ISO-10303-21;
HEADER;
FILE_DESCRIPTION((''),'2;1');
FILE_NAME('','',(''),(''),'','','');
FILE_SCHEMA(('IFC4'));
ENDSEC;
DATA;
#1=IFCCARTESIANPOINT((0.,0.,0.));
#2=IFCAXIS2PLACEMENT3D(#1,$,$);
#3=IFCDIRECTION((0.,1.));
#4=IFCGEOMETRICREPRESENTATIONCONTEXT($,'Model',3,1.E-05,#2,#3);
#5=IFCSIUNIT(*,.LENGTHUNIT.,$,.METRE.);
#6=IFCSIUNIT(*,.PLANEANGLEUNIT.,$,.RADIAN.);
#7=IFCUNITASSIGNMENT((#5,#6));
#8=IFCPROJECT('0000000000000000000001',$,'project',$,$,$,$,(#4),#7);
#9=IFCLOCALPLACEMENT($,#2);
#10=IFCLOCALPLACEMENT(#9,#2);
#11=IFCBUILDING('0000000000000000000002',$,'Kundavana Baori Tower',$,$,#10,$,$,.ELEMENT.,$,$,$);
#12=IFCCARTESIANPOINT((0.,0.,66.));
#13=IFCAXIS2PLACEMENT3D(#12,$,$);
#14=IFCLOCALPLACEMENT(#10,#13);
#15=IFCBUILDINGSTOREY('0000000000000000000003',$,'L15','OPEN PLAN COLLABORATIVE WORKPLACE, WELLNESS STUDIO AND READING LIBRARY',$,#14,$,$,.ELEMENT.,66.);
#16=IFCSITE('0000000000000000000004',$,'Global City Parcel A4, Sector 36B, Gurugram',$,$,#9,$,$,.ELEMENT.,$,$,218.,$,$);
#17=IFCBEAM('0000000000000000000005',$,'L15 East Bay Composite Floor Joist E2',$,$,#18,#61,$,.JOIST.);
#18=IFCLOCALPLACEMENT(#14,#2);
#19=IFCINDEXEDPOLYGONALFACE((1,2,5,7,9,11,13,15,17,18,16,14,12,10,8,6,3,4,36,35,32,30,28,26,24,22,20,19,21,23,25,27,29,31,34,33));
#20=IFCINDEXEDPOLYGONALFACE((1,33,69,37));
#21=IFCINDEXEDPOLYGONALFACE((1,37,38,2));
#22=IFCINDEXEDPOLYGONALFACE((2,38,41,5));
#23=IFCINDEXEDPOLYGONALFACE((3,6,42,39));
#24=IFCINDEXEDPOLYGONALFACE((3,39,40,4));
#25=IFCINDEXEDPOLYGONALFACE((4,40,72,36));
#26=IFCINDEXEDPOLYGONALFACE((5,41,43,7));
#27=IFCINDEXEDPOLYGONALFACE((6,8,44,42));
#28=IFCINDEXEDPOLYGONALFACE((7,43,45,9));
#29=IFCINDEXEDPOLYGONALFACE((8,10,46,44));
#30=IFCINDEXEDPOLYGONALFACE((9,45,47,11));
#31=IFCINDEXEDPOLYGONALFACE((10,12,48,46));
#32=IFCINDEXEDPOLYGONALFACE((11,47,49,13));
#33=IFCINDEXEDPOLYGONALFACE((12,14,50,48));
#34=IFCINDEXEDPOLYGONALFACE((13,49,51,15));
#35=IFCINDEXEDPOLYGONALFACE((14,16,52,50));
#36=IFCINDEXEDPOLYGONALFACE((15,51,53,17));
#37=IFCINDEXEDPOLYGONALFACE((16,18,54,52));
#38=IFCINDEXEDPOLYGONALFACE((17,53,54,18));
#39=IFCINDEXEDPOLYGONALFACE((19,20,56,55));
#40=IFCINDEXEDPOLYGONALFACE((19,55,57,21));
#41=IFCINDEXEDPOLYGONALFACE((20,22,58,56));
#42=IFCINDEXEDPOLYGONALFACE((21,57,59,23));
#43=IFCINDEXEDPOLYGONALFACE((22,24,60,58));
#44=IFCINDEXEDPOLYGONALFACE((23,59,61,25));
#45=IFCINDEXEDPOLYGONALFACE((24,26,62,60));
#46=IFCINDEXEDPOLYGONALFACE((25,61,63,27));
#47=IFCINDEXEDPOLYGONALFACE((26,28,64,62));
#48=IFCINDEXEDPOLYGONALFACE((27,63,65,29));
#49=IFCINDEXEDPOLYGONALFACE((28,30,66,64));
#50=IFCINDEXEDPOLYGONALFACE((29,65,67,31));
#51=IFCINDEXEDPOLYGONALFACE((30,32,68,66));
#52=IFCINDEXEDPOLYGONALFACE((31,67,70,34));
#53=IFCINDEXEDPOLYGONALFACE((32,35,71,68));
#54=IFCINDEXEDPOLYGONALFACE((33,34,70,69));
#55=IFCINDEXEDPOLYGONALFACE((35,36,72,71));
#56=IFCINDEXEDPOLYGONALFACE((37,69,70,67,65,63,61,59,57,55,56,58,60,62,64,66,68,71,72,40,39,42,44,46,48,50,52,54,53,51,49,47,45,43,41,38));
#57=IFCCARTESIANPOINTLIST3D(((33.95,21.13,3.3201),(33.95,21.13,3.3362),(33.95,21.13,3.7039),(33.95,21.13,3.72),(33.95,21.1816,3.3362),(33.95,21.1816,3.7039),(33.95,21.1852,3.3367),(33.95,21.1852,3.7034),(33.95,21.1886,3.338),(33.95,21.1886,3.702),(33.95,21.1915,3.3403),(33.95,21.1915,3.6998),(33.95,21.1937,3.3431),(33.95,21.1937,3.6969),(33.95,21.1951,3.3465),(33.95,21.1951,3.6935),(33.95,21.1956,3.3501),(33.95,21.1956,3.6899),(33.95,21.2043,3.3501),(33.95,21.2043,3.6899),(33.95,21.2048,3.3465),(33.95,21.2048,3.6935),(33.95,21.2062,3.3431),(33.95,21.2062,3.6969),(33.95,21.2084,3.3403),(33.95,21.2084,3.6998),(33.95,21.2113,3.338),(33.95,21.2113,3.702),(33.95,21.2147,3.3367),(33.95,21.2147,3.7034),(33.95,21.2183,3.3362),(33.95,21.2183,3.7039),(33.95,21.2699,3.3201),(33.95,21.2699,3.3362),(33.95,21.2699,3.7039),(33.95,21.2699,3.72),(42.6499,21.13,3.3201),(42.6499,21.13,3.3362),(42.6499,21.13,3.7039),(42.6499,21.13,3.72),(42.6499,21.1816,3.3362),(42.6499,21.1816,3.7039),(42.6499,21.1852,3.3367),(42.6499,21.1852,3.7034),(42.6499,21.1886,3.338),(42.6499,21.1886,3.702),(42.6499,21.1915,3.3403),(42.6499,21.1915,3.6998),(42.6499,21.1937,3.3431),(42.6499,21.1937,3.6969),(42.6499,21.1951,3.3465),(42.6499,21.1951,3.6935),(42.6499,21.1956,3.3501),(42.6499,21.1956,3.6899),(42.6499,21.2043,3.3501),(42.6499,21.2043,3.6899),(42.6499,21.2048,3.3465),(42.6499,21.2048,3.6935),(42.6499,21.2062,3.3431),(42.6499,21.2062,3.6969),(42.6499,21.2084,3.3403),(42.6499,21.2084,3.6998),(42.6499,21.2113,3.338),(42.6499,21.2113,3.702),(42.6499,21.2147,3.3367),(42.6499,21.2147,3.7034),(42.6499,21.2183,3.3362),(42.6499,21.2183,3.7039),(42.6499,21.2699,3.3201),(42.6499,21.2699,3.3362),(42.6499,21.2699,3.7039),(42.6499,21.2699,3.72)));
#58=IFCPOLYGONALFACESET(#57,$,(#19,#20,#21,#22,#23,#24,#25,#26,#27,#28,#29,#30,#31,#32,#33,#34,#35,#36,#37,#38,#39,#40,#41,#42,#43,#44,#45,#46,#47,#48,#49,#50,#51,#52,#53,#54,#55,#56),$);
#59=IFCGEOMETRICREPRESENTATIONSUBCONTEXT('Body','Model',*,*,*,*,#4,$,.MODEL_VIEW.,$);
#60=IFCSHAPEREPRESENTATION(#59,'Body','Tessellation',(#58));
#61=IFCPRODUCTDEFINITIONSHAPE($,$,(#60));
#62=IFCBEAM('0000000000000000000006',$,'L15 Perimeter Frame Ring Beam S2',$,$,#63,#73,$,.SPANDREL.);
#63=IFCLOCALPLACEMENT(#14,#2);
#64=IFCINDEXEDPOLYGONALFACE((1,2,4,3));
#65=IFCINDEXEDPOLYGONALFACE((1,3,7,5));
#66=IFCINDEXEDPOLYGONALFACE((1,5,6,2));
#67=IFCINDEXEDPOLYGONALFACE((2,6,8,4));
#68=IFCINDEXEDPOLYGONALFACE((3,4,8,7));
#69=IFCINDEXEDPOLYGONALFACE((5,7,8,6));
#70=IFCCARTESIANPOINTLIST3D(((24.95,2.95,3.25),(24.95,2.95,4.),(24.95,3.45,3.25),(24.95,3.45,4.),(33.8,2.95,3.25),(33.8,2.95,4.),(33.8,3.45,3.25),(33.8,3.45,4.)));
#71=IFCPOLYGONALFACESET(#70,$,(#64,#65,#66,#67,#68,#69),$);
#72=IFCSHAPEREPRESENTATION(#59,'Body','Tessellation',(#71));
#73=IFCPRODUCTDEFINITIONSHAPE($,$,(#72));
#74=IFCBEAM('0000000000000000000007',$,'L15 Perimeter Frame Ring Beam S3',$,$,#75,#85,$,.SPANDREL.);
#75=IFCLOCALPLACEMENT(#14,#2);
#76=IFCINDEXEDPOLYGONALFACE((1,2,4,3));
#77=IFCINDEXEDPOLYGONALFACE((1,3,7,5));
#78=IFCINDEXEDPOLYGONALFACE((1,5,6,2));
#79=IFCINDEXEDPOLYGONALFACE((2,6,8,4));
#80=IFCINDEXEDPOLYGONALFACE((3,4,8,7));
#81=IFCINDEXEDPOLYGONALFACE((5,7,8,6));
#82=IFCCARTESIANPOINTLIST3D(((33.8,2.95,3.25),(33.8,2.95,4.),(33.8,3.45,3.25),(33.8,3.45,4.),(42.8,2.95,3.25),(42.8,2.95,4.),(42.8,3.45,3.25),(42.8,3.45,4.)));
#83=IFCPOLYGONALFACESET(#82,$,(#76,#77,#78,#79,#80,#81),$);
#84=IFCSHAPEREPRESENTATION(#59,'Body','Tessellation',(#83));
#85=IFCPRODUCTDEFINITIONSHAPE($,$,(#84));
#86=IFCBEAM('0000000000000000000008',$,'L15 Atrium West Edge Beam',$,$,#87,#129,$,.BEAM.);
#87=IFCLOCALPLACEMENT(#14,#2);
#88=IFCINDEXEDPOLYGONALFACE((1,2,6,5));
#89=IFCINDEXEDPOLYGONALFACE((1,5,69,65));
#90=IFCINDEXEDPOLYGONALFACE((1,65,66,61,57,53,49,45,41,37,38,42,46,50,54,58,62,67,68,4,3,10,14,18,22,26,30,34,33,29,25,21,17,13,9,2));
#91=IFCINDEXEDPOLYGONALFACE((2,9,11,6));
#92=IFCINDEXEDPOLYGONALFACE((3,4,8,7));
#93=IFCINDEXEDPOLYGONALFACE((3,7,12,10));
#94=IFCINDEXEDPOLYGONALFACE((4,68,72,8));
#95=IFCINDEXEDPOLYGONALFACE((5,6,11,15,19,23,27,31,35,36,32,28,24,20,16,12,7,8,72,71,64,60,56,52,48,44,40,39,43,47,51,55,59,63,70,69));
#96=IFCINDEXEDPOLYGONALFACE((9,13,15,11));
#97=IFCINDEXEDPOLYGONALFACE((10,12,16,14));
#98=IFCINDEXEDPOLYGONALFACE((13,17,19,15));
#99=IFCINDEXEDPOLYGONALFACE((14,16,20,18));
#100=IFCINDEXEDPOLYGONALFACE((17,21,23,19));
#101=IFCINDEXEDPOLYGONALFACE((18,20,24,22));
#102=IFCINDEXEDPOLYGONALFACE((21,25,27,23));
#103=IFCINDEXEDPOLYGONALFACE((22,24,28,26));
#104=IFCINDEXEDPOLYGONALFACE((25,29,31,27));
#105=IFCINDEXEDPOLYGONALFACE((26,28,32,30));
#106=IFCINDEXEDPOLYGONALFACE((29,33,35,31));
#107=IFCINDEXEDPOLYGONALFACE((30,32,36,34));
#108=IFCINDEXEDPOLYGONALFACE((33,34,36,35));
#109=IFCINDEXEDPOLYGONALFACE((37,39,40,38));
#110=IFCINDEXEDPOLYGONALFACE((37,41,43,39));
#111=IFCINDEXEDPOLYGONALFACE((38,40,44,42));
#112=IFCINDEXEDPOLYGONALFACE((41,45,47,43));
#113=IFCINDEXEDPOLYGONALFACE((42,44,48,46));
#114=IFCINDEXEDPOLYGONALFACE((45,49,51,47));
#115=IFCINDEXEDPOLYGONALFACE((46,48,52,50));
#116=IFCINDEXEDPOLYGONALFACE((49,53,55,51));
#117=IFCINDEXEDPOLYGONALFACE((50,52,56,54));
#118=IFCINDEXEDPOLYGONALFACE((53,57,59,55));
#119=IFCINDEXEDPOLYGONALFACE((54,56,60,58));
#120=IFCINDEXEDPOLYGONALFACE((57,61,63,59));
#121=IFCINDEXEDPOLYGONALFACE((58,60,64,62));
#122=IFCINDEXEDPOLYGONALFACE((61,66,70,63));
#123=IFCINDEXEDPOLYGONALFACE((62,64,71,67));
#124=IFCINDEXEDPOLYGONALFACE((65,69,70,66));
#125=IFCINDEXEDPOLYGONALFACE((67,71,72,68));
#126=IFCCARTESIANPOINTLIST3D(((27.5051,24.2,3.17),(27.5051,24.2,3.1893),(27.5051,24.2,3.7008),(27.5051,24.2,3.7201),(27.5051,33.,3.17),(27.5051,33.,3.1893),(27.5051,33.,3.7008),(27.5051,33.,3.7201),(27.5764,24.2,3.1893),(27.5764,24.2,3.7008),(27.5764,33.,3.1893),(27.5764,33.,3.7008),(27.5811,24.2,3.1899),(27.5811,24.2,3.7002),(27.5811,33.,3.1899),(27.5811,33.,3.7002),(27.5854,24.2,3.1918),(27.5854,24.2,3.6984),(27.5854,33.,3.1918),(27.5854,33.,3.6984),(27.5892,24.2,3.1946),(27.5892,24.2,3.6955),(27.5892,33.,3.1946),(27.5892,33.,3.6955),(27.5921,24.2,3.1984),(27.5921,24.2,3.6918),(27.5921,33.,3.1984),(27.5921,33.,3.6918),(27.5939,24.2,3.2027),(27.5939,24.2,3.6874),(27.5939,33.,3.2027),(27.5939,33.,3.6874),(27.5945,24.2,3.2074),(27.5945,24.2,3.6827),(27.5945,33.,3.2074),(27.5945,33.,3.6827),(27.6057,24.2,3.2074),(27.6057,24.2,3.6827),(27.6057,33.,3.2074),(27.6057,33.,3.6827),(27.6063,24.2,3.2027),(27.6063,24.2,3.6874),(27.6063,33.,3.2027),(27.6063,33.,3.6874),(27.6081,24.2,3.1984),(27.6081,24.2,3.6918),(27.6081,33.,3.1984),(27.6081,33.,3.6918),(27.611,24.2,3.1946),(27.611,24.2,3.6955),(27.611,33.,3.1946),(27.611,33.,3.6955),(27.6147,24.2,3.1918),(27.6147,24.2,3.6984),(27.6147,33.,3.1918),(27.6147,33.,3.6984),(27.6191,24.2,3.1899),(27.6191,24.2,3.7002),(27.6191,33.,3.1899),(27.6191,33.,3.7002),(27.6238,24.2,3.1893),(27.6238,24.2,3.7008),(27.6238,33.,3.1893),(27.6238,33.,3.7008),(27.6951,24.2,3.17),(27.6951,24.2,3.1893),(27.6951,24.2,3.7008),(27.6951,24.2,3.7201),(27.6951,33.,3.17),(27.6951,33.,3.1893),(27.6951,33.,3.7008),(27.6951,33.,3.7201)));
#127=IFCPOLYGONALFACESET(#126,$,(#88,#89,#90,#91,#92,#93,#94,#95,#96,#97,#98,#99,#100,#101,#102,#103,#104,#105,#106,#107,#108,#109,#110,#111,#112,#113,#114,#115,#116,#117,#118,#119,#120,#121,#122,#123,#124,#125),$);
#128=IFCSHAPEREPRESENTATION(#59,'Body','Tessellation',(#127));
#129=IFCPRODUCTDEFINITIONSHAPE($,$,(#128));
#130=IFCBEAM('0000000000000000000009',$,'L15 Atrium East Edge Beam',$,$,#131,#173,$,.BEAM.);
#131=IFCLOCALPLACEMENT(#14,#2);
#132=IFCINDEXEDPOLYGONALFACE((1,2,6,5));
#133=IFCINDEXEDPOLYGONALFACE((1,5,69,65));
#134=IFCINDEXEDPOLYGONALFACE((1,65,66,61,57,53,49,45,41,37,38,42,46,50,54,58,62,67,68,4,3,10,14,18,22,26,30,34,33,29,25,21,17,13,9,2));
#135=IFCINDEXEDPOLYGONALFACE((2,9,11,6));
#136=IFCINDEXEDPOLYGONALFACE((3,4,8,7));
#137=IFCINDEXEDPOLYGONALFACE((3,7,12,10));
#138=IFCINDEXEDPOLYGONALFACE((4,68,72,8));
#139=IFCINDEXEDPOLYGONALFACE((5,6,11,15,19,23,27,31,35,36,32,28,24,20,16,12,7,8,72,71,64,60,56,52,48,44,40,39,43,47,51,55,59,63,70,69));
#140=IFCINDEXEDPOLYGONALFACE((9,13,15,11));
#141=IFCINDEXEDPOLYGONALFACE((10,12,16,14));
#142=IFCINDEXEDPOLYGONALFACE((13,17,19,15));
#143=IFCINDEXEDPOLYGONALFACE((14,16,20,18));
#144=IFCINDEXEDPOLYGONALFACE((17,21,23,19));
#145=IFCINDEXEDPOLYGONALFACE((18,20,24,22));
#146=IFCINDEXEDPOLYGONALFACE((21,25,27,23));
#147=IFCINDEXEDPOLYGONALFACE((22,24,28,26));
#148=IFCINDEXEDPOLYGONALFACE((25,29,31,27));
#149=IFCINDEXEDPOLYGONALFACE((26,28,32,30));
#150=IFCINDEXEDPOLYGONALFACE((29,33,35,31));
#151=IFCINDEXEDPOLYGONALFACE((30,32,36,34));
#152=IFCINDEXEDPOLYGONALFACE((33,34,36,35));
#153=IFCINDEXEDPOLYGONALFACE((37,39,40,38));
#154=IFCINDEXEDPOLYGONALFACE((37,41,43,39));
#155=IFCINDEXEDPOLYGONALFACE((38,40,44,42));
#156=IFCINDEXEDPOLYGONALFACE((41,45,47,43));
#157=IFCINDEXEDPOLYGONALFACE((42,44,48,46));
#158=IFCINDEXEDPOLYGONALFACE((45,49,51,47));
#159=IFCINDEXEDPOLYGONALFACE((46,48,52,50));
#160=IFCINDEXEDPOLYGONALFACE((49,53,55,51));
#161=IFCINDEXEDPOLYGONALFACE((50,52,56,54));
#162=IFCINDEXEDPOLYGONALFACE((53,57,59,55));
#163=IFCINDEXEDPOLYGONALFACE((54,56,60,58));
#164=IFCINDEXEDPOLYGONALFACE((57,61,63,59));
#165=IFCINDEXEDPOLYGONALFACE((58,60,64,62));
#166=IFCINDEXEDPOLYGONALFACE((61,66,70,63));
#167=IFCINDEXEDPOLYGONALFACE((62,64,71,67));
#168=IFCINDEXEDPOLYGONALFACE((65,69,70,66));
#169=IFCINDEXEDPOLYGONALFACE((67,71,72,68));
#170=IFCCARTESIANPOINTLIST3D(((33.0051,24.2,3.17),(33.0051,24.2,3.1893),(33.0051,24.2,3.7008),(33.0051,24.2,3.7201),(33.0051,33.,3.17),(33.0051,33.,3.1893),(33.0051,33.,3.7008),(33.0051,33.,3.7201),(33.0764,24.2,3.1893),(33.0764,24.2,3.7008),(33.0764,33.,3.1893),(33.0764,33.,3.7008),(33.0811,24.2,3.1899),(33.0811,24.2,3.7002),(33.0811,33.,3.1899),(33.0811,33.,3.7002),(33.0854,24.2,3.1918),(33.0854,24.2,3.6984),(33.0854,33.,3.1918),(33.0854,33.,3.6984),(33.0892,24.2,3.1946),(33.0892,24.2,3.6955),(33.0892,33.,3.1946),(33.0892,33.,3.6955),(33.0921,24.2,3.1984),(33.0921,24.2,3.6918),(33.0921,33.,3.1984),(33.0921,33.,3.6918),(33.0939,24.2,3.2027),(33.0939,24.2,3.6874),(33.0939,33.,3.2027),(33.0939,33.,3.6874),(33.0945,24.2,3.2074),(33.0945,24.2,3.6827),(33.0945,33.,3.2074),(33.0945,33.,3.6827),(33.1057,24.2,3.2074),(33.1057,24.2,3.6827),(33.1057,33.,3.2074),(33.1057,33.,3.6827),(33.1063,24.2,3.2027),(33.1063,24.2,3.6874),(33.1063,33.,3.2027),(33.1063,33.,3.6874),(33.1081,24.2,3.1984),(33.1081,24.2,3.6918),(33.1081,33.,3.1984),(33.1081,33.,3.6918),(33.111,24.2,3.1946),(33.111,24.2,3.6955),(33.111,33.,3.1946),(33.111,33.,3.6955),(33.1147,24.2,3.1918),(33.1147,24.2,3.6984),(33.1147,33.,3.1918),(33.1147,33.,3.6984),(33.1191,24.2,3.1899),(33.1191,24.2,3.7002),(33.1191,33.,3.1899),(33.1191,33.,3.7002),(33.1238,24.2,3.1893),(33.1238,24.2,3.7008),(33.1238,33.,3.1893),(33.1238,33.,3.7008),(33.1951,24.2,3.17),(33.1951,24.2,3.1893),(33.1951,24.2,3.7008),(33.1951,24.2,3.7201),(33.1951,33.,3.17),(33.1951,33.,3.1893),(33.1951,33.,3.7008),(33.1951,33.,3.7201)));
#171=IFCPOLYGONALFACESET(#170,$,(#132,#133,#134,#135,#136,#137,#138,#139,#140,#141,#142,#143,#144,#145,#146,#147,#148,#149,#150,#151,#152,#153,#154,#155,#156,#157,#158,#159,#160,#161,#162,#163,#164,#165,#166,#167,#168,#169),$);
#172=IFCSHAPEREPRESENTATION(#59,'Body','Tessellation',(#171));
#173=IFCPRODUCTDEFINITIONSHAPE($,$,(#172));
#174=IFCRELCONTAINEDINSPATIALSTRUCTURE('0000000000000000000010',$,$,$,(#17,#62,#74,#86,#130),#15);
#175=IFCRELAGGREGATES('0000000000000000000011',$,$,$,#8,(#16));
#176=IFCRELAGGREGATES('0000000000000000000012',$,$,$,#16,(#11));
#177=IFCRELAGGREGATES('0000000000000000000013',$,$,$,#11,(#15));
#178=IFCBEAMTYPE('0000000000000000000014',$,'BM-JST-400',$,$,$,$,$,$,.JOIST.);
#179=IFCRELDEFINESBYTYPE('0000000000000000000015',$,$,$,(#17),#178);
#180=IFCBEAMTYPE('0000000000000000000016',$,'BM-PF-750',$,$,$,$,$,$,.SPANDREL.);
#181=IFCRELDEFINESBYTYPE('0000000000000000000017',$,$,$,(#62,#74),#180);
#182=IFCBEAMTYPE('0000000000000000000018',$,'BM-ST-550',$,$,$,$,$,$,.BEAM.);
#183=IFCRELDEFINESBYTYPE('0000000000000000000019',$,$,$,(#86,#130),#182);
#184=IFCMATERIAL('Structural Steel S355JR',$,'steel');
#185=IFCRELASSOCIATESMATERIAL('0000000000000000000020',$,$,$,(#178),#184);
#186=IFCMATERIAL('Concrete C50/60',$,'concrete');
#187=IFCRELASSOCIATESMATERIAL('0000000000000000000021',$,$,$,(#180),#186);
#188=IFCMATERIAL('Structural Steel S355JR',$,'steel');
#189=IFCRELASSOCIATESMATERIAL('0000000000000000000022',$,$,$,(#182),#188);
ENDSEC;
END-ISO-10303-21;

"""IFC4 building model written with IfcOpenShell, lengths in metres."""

from ifc_helpers import new_model, si_unit, direction, frame, origin, origin_2d, place, context, subcontext, project, spatial, rectangle, i_section, extrude, material, material_profile, profile_set, type_object, element, save


model = new_model("IFC4")

# Units and contexts
model_context = context("Model", 3, precision=1e-05, world=origin(), true_north=direction((0.0, 1.0)))
body_context = subcontext(model_context, "Body", "Model", "MODEL_VIEW")
ifc_project = project(units=[si_unit("LENGTHUNIT", "METRE"), si_unit("PLANEANGLEUNIT", "RADIAN")], contexts=[model_context])

# Site, building, storey
site_placement = place(None, origin())
site = spatial("IfcSite", under=ifc_project, at=site_placement, Name="Global City Parcel A4, Sector 36B, Gurugram", CompositionType="ELEMENT", RefElevation=218.0)
building_placement = place(site_placement, origin())
building = spatial("IfcBuilding", under=site, at=building_placement, Name="Kundavana Baori Tower", CompositionType="ELEMENT")
storey_placement = place(building_placement, frame((0.0, 0.0, 66.0)))
storey = spatial("IfcBuildingStorey", under=building, at=storey_placement, Name="L15", Description="OPEN PLAN COLLABORATIVE WORKPLACE, WELLNESS STUDIO AND READING LIBRARY", CompositionType="ELEMENT", Elevation=66.0)

# Beams
ifc_material_1 = material(Name="Structural Steel S355JR", Category="steel")
ifc_material_profile_1 = material_profile(ifc_material_1, i_section(OverallWidth=0.1399, OverallDepth=0.3999, WebThickness=0.0088, FlangeThickness=0.0161, FilletRadius=0.0139, at=origin_2d()), Name="ISMB 400")
ifc_profile_set_1 = profile_set([ifc_material_profile_1], Name="Structural Steel S355JR")
beam_type_1 = type_object("IfcBeamType", Name="BM-JST-400", PredefinedType="JOIST", material=ifc_profile_set_1)
for number, where, z_axis, x_axis, name in (
    (1, (33.95, 21.2, 3.52), (1.0, 0.0, 0.0), (0.0, 1.0, 0.0), "L15 East Bay Composite Floor Joist E2"),
):
    element("IfcBeam", number, at=place(storey_placement, frame(where, z_axis=z_axis, x_axis=x_axis)), inside=storey, type_object=beam_type_1, Name=name, PredefinedType="JOIST", context=body_context, shape_type="SweptSolid", body=[
        extrude(i_section(OverallWidth=0.1399, OverallDepth=0.3999, WebThickness=0.0088, FlangeThickness=0.0161, FilletRadius=0.0139, at=origin_2d()), origin(), (0.0, 0.0, 1.0), 8.7),
    ])
ifc_material_2 = material(Name="Concrete C50/60", Category="concrete")
ifc_material_profile_2 = material_profile(ifc_material_2, rectangle(XDim=0.5, YDim=0.75, at=origin_2d()), Name="RC BM 500x750")
ifc_profile_set_2 = profile_set([ifc_material_profile_2], Name="Concrete C50/60")
beam_type_2 = type_object("IfcBeamType", Name="BM-PF-750", PredefinedType="SPANDREL", material=ifc_profile_set_2)
beam_1_placement = place(storey_placement, frame((24.95, 3.2, 3.625), z_axis=(1.0, 0.0, 0.0), x_axis=(0.0, 1.0, 0.0)))
element("IfcBeam", 2, at=beam_1_placement, inside=storey, type_object=beam_type_2, Name="L15 Perimeter Frame Ring Beam S2", PredefinedType="SPANDREL", context=body_context, shape_type="SweptSolid", body=[
    extrude(rectangle(XDim=0.5, YDim=0.75, at=origin_2d()), origin(), (0.0, 0.0, 1.0), 8.8501),
])
beam_2_placement = place(storey_placement, frame((33.8, 3.2, 3.625), z_axis=(1.0, 0.0, 0.0), x_axis=(0.0, 1.0, 0.0)))
element("IfcBeam", 3, at=beam_2_placement, inside=storey, type_object=beam_type_2, Name="L15 Perimeter Frame Ring Beam S3", PredefinedType="SPANDREL", context=body_context, shape_type="SweptSolid", body=[
    extrude(rectangle(XDim=0.5, YDim=0.75, at=origin_2d()), origin(), (0.0, 0.0, 1.0), 9.0),
])
ifc_material_3 = material(Name="Structural Steel S355JR", Category="steel")
ifc_material_profile_3 = material_profile(ifc_material_3, i_section(OverallWidth=0.1899, OverallDepth=0.55, WebThickness=0.0112, FlangeThickness=0.0193, FilletRadius=0.0181, at=origin_2d()), Name="ISMB 550")
ifc_profile_set_3 = profile_set([ifc_material_profile_3], Name="Structural Steel S355JR")
beam_type_3 = type_object("IfcBeamType", Name="BM-ST-550", PredefinedType="BEAM", material=ifc_profile_set_3)
for number, where, z_axis, x_axis, name in (
    (4, (27.6001, 24.2, 3.4451), (0.0, 1.0, 0.0), (-1.0, 0.0, 0.0), "L15 Atrium West Edge Beam"),
    (5, (33.1001, 24.2, 3.4451), (0.0, 1.0, 0.0), (-1.0, 0.0, 0.0), "L15 Atrium East Edge Beam"),
):
    element("IfcBeam", number, at=place(storey_placement, frame(where, z_axis=z_axis, x_axis=x_axis)), inside=storey, type_object=beam_type_3, Name=name, PredefinedType="BEAM", context=body_context, shape_type="SweptSolid", body=[
        extrude(i_section(OverallWidth=0.1899, OverallDepth=0.55, WebThickness=0.0112, FlangeThickness=0.0193, FilletRadius=0.0181, at=origin_2d()), origin(), (0.0, 0.0, 1.0), 8.8),
    ])

save(model, "model.ifc")
